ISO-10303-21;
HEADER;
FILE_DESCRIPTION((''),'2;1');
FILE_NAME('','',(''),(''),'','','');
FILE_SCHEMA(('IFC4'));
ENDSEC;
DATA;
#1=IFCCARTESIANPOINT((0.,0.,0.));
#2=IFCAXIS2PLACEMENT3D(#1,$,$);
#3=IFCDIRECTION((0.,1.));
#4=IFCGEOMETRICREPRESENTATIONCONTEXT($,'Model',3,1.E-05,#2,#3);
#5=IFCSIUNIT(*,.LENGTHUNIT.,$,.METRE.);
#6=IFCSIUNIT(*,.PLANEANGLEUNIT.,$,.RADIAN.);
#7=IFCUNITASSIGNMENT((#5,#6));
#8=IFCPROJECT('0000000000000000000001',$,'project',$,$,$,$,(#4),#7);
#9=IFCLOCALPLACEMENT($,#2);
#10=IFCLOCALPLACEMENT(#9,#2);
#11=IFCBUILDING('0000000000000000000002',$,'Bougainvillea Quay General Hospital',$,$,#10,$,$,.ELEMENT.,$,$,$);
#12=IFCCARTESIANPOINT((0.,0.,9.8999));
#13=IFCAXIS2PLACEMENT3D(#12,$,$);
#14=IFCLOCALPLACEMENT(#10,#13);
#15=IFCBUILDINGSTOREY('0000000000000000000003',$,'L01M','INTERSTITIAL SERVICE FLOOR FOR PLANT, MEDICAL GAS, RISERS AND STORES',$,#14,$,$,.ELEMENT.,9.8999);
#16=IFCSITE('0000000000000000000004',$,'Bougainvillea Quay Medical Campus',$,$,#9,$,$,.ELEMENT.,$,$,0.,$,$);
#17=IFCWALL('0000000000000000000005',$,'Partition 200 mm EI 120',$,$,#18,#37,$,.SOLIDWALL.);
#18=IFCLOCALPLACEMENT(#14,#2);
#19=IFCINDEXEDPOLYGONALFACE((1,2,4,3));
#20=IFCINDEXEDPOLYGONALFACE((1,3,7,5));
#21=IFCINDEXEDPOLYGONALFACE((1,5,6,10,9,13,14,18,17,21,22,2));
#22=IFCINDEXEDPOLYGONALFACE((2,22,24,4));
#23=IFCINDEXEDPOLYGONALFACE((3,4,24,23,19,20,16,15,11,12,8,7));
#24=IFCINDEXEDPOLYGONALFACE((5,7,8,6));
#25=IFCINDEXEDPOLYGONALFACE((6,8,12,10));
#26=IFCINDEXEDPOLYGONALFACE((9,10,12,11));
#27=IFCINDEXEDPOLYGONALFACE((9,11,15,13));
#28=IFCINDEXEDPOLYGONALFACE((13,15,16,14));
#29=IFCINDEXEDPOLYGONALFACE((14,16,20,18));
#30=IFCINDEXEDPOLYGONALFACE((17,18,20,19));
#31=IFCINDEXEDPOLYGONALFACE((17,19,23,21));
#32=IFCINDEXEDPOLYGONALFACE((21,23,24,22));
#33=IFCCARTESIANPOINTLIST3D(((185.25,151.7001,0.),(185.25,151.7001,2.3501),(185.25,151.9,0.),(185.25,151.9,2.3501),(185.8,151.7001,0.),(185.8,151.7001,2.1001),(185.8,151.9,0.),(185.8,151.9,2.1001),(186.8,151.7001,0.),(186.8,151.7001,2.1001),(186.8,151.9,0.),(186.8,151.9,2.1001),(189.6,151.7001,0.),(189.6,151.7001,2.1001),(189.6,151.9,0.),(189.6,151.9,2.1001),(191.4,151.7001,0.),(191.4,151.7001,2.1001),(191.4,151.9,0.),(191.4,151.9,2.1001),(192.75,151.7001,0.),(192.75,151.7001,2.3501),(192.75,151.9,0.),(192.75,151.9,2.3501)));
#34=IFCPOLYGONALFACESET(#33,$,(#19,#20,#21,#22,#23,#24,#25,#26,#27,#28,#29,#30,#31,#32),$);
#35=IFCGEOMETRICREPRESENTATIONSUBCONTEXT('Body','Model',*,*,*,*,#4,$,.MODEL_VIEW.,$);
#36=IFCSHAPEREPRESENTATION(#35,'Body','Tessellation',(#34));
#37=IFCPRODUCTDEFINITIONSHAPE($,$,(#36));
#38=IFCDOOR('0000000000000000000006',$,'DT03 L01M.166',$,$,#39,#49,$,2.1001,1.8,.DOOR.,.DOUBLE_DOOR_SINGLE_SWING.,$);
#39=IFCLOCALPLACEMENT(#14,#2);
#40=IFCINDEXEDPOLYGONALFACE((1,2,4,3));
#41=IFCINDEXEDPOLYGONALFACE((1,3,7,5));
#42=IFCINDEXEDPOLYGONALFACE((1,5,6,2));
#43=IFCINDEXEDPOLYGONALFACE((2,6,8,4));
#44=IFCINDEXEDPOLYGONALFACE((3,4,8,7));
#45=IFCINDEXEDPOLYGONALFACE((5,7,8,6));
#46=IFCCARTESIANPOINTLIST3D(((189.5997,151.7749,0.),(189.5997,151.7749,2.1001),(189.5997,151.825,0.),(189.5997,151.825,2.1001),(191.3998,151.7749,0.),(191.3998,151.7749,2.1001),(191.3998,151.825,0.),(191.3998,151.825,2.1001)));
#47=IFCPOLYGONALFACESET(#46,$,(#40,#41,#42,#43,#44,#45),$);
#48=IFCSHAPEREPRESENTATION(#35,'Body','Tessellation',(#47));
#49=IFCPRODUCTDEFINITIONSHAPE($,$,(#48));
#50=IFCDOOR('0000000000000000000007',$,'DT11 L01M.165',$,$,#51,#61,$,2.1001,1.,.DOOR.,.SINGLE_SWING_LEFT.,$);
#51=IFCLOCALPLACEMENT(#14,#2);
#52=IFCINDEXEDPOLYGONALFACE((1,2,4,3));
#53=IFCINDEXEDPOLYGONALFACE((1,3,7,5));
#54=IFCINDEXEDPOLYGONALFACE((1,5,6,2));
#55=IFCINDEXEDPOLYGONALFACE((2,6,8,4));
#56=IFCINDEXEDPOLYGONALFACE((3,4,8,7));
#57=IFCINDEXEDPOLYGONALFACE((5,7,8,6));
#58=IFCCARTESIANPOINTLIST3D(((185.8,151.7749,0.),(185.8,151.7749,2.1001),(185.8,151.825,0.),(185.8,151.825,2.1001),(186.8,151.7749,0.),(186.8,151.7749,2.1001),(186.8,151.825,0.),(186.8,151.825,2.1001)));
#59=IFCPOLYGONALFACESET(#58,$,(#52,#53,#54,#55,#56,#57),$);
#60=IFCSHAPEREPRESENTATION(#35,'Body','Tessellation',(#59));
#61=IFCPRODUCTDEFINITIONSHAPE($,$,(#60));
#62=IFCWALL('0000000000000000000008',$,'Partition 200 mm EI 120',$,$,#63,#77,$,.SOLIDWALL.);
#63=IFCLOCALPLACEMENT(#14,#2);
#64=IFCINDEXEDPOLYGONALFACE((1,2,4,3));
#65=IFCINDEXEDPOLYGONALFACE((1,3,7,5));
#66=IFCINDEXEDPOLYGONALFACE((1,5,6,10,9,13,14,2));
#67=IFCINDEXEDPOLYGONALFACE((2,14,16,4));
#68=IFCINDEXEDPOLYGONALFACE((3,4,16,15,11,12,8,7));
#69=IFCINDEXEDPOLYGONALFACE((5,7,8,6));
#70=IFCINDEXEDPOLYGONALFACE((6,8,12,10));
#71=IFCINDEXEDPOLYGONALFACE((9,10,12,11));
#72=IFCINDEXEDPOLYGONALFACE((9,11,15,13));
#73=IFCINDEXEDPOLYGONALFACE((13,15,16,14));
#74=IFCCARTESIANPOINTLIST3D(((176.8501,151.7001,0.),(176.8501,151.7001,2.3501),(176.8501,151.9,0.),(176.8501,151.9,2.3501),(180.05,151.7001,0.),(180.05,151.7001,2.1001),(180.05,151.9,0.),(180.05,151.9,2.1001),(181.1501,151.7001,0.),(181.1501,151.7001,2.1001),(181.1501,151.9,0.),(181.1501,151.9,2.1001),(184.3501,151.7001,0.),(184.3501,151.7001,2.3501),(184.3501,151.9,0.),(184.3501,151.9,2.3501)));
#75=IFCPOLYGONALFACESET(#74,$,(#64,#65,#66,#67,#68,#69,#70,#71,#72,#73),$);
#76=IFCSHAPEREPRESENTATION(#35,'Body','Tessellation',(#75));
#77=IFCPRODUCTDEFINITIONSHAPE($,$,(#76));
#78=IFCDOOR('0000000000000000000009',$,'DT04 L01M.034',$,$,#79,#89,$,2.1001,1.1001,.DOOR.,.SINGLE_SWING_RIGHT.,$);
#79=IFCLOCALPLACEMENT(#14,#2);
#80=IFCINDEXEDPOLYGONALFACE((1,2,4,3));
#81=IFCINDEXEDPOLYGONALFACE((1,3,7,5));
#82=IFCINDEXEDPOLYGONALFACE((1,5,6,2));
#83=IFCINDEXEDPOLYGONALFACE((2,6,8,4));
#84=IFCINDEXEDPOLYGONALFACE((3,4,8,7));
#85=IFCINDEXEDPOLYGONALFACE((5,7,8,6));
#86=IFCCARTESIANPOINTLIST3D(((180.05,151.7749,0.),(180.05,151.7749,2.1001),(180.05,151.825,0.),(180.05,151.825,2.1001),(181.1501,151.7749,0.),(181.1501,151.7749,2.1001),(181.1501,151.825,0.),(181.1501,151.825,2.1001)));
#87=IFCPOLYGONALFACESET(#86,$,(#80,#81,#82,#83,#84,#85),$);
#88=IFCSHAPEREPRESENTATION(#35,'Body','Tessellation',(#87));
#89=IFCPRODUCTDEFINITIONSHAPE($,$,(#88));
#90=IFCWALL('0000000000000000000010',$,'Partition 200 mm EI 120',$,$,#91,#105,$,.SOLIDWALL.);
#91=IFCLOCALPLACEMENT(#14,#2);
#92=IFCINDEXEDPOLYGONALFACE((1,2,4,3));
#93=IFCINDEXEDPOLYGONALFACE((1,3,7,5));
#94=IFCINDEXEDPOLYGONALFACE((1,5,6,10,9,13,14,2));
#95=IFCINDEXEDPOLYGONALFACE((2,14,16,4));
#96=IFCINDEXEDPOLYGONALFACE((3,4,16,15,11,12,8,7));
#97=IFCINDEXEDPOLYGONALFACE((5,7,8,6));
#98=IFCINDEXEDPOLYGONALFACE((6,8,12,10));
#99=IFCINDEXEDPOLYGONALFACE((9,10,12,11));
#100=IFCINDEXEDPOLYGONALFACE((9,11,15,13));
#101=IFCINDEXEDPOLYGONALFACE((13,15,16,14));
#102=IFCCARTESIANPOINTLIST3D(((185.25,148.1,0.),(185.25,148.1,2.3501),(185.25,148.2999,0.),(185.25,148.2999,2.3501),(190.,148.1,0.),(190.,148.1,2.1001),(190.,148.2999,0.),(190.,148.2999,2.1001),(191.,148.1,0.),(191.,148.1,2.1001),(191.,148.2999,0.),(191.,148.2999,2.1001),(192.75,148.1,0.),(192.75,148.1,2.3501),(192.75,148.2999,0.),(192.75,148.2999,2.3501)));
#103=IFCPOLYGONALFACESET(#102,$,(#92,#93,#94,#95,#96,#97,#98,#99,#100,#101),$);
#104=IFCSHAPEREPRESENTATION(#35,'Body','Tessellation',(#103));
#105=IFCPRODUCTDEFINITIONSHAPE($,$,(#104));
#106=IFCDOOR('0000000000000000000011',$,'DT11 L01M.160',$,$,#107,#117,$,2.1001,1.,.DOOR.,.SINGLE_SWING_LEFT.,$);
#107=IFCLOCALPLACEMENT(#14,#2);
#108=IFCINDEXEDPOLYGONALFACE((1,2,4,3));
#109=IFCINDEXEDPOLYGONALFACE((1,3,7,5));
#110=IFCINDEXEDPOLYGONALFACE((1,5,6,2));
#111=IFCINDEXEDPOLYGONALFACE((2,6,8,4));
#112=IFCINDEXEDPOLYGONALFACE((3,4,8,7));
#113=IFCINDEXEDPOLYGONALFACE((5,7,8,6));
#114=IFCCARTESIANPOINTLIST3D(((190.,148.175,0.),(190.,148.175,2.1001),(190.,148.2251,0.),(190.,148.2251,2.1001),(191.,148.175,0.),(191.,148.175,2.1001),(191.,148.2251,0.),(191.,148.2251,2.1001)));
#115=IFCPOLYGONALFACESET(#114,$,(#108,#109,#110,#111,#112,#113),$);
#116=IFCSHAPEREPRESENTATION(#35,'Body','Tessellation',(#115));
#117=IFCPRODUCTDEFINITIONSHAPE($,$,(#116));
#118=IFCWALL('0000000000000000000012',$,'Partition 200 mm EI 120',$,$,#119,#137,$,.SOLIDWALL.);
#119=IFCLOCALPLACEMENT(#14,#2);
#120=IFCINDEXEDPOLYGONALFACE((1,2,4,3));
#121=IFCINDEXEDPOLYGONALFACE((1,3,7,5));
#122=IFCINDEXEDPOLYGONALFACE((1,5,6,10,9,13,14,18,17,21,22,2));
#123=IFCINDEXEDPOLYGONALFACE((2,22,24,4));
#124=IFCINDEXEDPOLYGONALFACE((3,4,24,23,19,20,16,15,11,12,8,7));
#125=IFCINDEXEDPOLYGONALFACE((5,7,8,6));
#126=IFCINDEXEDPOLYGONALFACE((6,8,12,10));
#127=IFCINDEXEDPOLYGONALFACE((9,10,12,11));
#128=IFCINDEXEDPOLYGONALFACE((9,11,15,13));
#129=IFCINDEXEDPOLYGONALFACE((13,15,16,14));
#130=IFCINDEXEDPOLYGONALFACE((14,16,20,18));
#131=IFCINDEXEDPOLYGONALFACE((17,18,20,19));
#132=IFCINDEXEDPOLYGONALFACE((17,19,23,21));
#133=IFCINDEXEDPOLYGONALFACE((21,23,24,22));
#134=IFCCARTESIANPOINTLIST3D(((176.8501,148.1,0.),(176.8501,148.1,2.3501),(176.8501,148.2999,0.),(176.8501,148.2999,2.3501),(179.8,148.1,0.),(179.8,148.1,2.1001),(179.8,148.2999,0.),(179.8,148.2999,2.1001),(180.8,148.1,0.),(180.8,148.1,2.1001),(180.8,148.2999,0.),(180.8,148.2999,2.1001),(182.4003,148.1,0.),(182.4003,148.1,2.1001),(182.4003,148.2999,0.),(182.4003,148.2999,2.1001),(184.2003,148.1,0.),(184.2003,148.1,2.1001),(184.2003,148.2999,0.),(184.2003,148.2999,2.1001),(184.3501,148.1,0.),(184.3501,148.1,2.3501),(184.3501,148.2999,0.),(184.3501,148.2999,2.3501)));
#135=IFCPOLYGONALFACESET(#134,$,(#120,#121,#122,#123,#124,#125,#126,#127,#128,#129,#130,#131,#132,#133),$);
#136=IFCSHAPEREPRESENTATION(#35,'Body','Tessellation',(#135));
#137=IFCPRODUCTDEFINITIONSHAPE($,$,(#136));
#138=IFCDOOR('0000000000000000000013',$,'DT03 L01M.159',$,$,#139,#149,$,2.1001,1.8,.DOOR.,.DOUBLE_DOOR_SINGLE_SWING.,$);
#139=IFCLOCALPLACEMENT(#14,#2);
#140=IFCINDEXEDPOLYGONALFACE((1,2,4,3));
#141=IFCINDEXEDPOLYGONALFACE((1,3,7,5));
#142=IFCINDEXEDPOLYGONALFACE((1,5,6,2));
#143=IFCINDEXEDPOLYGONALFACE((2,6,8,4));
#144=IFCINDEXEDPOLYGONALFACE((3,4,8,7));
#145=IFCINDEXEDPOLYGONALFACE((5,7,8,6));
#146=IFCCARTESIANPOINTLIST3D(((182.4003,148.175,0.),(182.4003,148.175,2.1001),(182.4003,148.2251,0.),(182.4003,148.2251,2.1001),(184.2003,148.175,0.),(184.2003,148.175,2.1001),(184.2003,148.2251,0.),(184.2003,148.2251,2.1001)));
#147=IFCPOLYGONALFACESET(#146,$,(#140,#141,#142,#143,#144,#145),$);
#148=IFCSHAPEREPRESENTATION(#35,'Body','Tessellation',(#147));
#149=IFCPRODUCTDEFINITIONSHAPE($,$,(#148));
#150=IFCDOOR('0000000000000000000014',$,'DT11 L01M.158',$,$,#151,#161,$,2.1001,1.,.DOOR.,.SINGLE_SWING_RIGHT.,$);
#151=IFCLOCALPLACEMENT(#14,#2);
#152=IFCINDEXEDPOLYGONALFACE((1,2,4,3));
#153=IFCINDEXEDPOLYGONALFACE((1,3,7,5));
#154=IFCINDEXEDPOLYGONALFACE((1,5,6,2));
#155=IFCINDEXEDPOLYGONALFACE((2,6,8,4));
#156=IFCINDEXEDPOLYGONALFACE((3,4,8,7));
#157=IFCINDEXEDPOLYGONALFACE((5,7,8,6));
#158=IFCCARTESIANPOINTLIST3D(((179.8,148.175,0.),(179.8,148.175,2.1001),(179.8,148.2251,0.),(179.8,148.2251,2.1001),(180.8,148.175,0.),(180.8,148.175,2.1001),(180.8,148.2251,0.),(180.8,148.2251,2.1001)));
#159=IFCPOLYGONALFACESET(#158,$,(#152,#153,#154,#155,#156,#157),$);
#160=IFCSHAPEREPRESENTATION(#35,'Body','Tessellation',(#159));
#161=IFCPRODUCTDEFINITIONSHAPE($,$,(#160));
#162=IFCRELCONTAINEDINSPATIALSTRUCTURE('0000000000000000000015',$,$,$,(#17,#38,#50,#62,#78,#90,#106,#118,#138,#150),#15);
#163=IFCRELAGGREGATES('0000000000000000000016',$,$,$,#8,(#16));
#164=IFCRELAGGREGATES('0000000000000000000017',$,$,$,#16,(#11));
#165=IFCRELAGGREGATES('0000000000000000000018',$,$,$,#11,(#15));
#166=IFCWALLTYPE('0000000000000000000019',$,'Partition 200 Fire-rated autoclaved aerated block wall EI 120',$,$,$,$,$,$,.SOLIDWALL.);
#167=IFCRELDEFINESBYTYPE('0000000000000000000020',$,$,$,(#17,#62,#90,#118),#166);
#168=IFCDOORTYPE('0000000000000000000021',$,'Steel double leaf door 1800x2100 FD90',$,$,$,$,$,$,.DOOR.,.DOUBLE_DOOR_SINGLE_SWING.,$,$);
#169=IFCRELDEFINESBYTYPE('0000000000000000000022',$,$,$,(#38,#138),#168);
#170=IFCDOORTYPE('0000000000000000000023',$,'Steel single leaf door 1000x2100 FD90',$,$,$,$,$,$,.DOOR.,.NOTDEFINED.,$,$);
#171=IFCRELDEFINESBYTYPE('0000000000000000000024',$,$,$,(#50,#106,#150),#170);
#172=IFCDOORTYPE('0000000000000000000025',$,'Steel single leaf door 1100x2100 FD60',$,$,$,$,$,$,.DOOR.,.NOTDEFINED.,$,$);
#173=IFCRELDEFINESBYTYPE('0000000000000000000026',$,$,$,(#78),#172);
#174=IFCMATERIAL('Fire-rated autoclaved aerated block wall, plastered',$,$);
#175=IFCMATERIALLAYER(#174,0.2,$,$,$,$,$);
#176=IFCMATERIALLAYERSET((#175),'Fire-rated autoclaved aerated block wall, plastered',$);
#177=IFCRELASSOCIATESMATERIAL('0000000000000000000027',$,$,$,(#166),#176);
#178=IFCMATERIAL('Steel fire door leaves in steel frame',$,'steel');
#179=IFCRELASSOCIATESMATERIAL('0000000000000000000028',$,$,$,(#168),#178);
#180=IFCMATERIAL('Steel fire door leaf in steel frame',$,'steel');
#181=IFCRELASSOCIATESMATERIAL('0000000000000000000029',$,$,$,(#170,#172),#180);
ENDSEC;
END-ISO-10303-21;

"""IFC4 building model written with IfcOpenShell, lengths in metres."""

from ifc_helpers import new_model, si_unit, direction, frame, frame_2d, origin, place, context, subcontext, project, spatial, rectangle, extrude, material, layer, layer_set, type_object, element, fill, save


model = new_model("IFC4")

# Units and contexts
model_context = context("Model", 3, precision=1e-05, world=origin(), true_north=direction((0.0, 1.0)))
body_context = subcontext(model_context, "Body", "Model", "MODEL_VIEW")
ifc_project = project(units=[si_unit("LENGTHUNIT", "METRE"), si_unit("PLANEANGLEUNIT", "RADIAN")], contexts=[model_context])

# Site, building, storey
site_placement = place(None, origin())
site = spatial("IfcSite", under=ifc_project, at=site_placement, Name="Bougainvillea Quay Medical Campus", CompositionType="ELEMENT", RefElevation=0.0)
building_placement = place(site_placement, origin())
building = spatial("IfcBuilding", under=site, at=building_placement, Name="Bougainvillea Quay General Hospital", CompositionType="ELEMENT")
storey_placement = place(building_placement, frame((0.0, 0.0, 9.8999)))
storey = spatial("IfcBuildingStorey", under=building, at=storey_placement, Name="L01M", Description="INTERSTITIAL SERVICE FLOOR FOR PLANT, MEDICAL GAS, RISERS AND STORES", CompositionType="ELEMENT", Elevation=9.8999)

# Wall, openings, doors
ifc_material_1 = material(Name="Fire-rated autoclaved aerated block wall, plastered")
ifc_layer_1 = layer(ifc_material_1, 0.2)
ifc_layer_set_1 = layer_set([ifc_layer_1], Name="Fire-rated autoclaved aerated block wall, plastered")
wall_type_1 = type_object("IfcWallType", Name="Partition 200 Fire-rated autoclaved aerated block wall EI 120", PredefinedType="SOLIDWALL", material=ifc_layer_set_1)
wall_1_placement = place(storey_placement, frame((192.75, 151.8, 0.0), z_axis=(0.0, 0.0, 1.0), x_axis=(-1.0, 0.0, 0.0)))
wall_1 = element("IfcWall", 1, at=wall_1_placement, inside=storey, type_object=wall_type_1, Name="Partition 200 mm EI 120", PredefinedType="SOLIDWALL", context=body_context, shape_type="SweptSolid", body=[
    extrude(rectangle(XDim=7.5, YDim=0.2, at=frame_2d((3.75, 0.0))), origin(), (0.0, 0.0, 1.0), 2.3501),
])
opening_1_placement = place(wall_1_placement, frame((5.95, 0.0, 0.0)))
opening_1 = element("IfcOpeningElement", 2, at=opening_1_placement, cuts=wall_1, PredefinedType="OPENING", context=body_context, shape_type="SweptSolid", body=[
    extrude(rectangle(XDim=1.0, YDim=2.1001, at=frame_2d((0.5, 1.05))), frame((0.0, 0.1099, 0.0), z_axis=(0.0, -1.0, 0.0), x_axis=(1.0, 0.0, 0.0)), (0.0, 0.0, 1.0), 0.22),
])
opening_2_placement = place(wall_1_placement, frame((1.3501, 0.0, 0.0)))
opening_2 = element("IfcOpeningElement", 3, at=opening_2_placement, cuts=wall_1, PredefinedType="OPENING", context=body_context, shape_type="SweptSolid", body=[
    extrude(rectangle(XDim=1.8, YDim=2.1001, at=frame_2d((0.8999, 1.05))), frame((0.0, 0.1099, 0.0), z_axis=(0.0, -1.0, 0.0), x_axis=(1.0, 0.0, 0.0)), (0.0, 0.0, 1.0), 0.22),
])
ifc_material_2 = material(Name="Steel fire door leaves in steel frame", Category="steel")
door_type_1 = type_object("IfcDoorType", Name="Steel double leaf door 1800x2100 FD90", OperationType="DOUBLE_DOOR_SINGLE_SWING", PredefinedType="DOOR", material=ifc_material_2)
door_1_placement = place(opening_2_placement, frame((1.8, 0.0, 0.0), z_axis=(0.0, 0.0, 1.0), x_axis=(-1.0, 0.0, 0.0)))
door_1 = element("IfcDoor", 4, at=door_1_placement, inside=storey, type_object=door_type_1, Name="DT03 L01M.166", OperationType="DOUBLE_DOOR_SINGLE_SWING", OverallHeight=2.1001, OverallWidth=1.8, PredefinedType="DOOR", context=body_context, shape_type="SweptSolid", body=[
    extrude(rectangle(XDim=1.8, YDim=2.1001, at=frame_2d((0.8999, 1.05))), frame((0.0, 0.0249, 0.0), z_axis=(0.0, -1.0, 0.0), x_axis=(1.0, 0.0, 0.0)), (0.0, 0.0, 1.0), 0.05),
])
fill(opening_2, door_1)
ifc_material_3 = material(Name="Steel fire door leaf in steel frame", Category="steel")
door_type_2 = type_object("IfcDoorType", Name="Steel single leaf door 1000x2100 FD90", OperationType="NOTDEFINED", PredefinedType="DOOR", material=ifc_material_3)
door_2_placement = place(opening_1_placement, frame((1.0, 0.0, 0.0), z_axis=(0.0, 0.0, 1.0), x_axis=(-1.0, 0.0, 0.0)))
door_2 = element("IfcDoor", 5, at=door_2_placement, inside=storey, type_object=door_type_2, Name="DT11 L01M.165", OperationType="SINGLE_SWING_LEFT", OverallHeight=2.1001, OverallWidth=1.0, PredefinedType="DOOR", context=body_context, shape_type="SweptSolid", body=[
    extrude(rectangle(XDim=1.0, YDim=2.1001, at=frame_2d((0.5, 1.05))), frame((0.0, 0.0249, 0.0), z_axis=(0.0, -1.0, 0.0), x_axis=(1.0, 0.0, 0.0)), (0.0, 0.0, 1.0), 0.05),
])
fill(opening_1, door_2)

# Walls, openings, doors
wall_2_placement = place(storey_placement, frame((184.3501, 151.8, 0.0), z_axis=(0.0, 0.0, 1.0), x_axis=(-1.0, 0.0, 0.0)))
wall_2 = element("IfcWall", 6, at=wall_2_placement, inside=storey, type_object=wall_type_1, Name="Partition 200 mm EI 120", PredefinedType="SOLIDWALL", context=body_context, shape_type="SweptSolid", body=[
    extrude(rectangle(XDim=7.5, YDim=0.2, at=frame_2d((3.75, 0.0))), origin(), (0.0, 0.0, 1.0), 2.3501),
])
opening_3_placement = place(wall_2_placement, frame((3.2, 0.0, 0.0)))
opening_3 = element("IfcOpeningElement", 7, at=opening_3_placement, cuts=wall_2, PredefinedType="OPENING", context=body_context, shape_type="SweptSolid", body=[
    extrude(rectangle(XDim=1.1001, YDim=2.1001, at=frame_2d((0.55, 1.05))), frame((0.0, 0.1099, 0.0), z_axis=(0.0, -1.0, 0.0), x_axis=(1.0, 0.0, 0.0)), (0.0, 0.0, 1.0), 0.22),
])
door_type_3 = type_object("IfcDoorType", Name="Steel single leaf door 1100x2100 FD60", OperationType="NOTDEFINED", PredefinedType="DOOR", material=ifc_material_3)
door_3_placement = place(opening_3_placement, frame((1.1001, 0.0, 0.0), z_axis=(0.0, 0.0, 1.0), x_axis=(-1.0, 0.0, 0.0)))
door_3 = element("IfcDoor", 8, at=door_3_placement, inside=storey, type_object=door_type_3, Name="DT04 L01M.034", OperationType="SINGLE_SWING_RIGHT", OverallHeight=2.1001, OverallWidth=1.1001, PredefinedType="DOOR", context=body_context, shape_type="SweptSolid", body=[
    extrude(rectangle(XDim=1.1001, YDim=2.1001, at=frame_2d((0.55, 1.05))), frame((0.0, 0.0249, 0.0), z_axis=(0.0, -1.0, 0.0), x_axis=(1.0, 0.0, 0.0)), (0.0, 0.0, 1.0), 0.05),
])
fill(opening_3, door_3)
wall_3_placement = place(storey_placement, frame((192.75, 148.2, 0.0), z_axis=(0.0, 0.0, 1.0), x_axis=(-1.0, 0.0, 0.0)))
wall_3 = element("IfcWall", 9, at=wall_3_placement, inside=storey, type_object=wall_type_1, Name="Partition 200 mm EI 120", PredefinedType="SOLIDWALL", context=body_context, shape_type="SweptSolid", body=[
    extrude(rectangle(XDim=7.5, YDim=0.2, at=frame_2d((3.75, 0.0))), origin(), (0.0, 0.0, 1.0), 2.3501),
])
opening_4_placement = place(wall_3_placement, frame((1.75, 0.0, 0.0)))
opening_4 = element("IfcOpeningElement", 10, at=opening_4_placement, cuts=wall_3, PredefinedType="OPENING", context=body_context, shape_type="SweptSolid", body=[
    extrude(rectangle(XDim=1.0, YDim=2.1001, at=frame_2d((0.5, 1.05))), frame((0.0, 0.1099, 0.0), z_axis=(0.0, -1.0, 0.0), x_axis=(1.0, 0.0, 0.0)), (0.0, 0.0, 1.0), 0.22),
])
door_4_placement = place(opening_4_placement, origin())
door_4 = element("IfcDoor", 11, at=door_4_placement, inside=storey, type_object=door_type_2, Name="DT11 L01M.160", OperationType="SINGLE_SWING_LEFT", OverallHeight=2.1001, OverallWidth=1.0, PredefinedType="DOOR", context=body_context, shape_type="SweptSolid", body=[
    extrude(rectangle(XDim=1.0, YDim=2.1001, at=frame_2d((0.5, 1.05))), frame((0.0, 0.0249, 0.0), z_axis=(0.0, -1.0, 0.0), x_axis=(1.0, 0.0, 0.0)), (0.0, 0.0, 1.0), 0.05),
])
fill(opening_4, door_4)

# Wall, openings, doors
wall_4_placement = place(storey_placement, frame((184.3501, 148.2, 0.0), z_axis=(0.0, 0.0, 1.0), x_axis=(-1.0, 0.0, 0.0)))
wall_4 = element("IfcWall", 12, at=wall_4_placement, inside=storey, type_object=wall_type_1, Name="Partition 200 mm EI 120", PredefinedType="SOLIDWALL", context=body_context, shape_type="SweptSolid", body=[
    extrude(rectangle(XDim=7.5, YDim=0.2, at=frame_2d((3.75, 0.0))), origin(), (0.0, 0.0, 1.0), 2.3501),
])
opening_5_placement = place(wall_4_placement, frame((3.55, 0.0, 0.0)))
opening_5 = element("IfcOpeningElement", 13, at=opening_5_placement, cuts=wall_4, PredefinedType="OPENING", context=body_context, shape_type="SweptSolid", body=[
    extrude(rectangle(XDim=1.0, YDim=2.1001, at=frame_2d((0.5, 1.05))), frame((0.0, 0.1099, 0.0), z_axis=(0.0, -1.0, 0.0), x_axis=(1.0, 0.0, 0.0)), (0.0, 0.0, 1.0), 0.22),
])
opening_6_placement = place(wall_4_placement, frame((0.1499, 0.0, 0.0)))
opening_6 = element("IfcOpeningElement", 14, at=opening_6_placement, cuts=wall_4, PredefinedType="OPENING", context=body_context, shape_type="SweptSolid", body=[
    extrude(rectangle(XDim=1.8, YDim=2.1001, at=frame_2d((0.8999, 1.05))), frame((0.0, 0.1099, 0.0), z_axis=(0.0, -1.0, 0.0), x_axis=(1.0, 0.0, 0.0)), (0.0, 0.0, 1.0), 0.22),
])
door_5_placement = place(opening_6_placement, origin())
door_5 = element("IfcDoor", 15, at=door_5_placement, inside=storey, type_object=door_type_1, Name="DT03 L01M.159", OperationType="DOUBLE_DOOR_SINGLE_SWING", OverallHeight=2.1001, OverallWidth=1.8, PredefinedType="DOOR", context=body_context, shape_type="SweptSolid", body=[
    extrude(rectangle(XDim=1.8, YDim=2.1001, at=frame_2d((0.8999, 1.05))), frame((0.0, 0.0249, 0.0), z_axis=(0.0, -1.0, 0.0), x_axis=(1.0, 0.0, 0.0)), (0.0, 0.0, 1.0), 0.05),
])
fill(opening_6, door_5)
door_6_placement = place(opening_5_placement, origin())
door_6 = element("IfcDoor", 16, at=door_6_placement, inside=storey, type_object=door_type_2, Name="DT11 L01M.158", OperationType="SINGLE_SWING_RIGHT", OverallHeight=2.1001, OverallWidth=1.0, PredefinedType="DOOR", context=body_context, shape_type="SweptSolid", body=[
    extrude(rectangle(XDim=1.0, YDim=2.1001, at=frame_2d((0.5, 1.05))), frame((0.0, 0.0249, 0.0), z_axis=(0.0, -1.0, 0.0), x_axis=(1.0, 0.0, 0.0)), (0.0, 0.0, 1.0), 0.05),
])
fill(opening_5, door_6)

save(model, "model.ifc")
